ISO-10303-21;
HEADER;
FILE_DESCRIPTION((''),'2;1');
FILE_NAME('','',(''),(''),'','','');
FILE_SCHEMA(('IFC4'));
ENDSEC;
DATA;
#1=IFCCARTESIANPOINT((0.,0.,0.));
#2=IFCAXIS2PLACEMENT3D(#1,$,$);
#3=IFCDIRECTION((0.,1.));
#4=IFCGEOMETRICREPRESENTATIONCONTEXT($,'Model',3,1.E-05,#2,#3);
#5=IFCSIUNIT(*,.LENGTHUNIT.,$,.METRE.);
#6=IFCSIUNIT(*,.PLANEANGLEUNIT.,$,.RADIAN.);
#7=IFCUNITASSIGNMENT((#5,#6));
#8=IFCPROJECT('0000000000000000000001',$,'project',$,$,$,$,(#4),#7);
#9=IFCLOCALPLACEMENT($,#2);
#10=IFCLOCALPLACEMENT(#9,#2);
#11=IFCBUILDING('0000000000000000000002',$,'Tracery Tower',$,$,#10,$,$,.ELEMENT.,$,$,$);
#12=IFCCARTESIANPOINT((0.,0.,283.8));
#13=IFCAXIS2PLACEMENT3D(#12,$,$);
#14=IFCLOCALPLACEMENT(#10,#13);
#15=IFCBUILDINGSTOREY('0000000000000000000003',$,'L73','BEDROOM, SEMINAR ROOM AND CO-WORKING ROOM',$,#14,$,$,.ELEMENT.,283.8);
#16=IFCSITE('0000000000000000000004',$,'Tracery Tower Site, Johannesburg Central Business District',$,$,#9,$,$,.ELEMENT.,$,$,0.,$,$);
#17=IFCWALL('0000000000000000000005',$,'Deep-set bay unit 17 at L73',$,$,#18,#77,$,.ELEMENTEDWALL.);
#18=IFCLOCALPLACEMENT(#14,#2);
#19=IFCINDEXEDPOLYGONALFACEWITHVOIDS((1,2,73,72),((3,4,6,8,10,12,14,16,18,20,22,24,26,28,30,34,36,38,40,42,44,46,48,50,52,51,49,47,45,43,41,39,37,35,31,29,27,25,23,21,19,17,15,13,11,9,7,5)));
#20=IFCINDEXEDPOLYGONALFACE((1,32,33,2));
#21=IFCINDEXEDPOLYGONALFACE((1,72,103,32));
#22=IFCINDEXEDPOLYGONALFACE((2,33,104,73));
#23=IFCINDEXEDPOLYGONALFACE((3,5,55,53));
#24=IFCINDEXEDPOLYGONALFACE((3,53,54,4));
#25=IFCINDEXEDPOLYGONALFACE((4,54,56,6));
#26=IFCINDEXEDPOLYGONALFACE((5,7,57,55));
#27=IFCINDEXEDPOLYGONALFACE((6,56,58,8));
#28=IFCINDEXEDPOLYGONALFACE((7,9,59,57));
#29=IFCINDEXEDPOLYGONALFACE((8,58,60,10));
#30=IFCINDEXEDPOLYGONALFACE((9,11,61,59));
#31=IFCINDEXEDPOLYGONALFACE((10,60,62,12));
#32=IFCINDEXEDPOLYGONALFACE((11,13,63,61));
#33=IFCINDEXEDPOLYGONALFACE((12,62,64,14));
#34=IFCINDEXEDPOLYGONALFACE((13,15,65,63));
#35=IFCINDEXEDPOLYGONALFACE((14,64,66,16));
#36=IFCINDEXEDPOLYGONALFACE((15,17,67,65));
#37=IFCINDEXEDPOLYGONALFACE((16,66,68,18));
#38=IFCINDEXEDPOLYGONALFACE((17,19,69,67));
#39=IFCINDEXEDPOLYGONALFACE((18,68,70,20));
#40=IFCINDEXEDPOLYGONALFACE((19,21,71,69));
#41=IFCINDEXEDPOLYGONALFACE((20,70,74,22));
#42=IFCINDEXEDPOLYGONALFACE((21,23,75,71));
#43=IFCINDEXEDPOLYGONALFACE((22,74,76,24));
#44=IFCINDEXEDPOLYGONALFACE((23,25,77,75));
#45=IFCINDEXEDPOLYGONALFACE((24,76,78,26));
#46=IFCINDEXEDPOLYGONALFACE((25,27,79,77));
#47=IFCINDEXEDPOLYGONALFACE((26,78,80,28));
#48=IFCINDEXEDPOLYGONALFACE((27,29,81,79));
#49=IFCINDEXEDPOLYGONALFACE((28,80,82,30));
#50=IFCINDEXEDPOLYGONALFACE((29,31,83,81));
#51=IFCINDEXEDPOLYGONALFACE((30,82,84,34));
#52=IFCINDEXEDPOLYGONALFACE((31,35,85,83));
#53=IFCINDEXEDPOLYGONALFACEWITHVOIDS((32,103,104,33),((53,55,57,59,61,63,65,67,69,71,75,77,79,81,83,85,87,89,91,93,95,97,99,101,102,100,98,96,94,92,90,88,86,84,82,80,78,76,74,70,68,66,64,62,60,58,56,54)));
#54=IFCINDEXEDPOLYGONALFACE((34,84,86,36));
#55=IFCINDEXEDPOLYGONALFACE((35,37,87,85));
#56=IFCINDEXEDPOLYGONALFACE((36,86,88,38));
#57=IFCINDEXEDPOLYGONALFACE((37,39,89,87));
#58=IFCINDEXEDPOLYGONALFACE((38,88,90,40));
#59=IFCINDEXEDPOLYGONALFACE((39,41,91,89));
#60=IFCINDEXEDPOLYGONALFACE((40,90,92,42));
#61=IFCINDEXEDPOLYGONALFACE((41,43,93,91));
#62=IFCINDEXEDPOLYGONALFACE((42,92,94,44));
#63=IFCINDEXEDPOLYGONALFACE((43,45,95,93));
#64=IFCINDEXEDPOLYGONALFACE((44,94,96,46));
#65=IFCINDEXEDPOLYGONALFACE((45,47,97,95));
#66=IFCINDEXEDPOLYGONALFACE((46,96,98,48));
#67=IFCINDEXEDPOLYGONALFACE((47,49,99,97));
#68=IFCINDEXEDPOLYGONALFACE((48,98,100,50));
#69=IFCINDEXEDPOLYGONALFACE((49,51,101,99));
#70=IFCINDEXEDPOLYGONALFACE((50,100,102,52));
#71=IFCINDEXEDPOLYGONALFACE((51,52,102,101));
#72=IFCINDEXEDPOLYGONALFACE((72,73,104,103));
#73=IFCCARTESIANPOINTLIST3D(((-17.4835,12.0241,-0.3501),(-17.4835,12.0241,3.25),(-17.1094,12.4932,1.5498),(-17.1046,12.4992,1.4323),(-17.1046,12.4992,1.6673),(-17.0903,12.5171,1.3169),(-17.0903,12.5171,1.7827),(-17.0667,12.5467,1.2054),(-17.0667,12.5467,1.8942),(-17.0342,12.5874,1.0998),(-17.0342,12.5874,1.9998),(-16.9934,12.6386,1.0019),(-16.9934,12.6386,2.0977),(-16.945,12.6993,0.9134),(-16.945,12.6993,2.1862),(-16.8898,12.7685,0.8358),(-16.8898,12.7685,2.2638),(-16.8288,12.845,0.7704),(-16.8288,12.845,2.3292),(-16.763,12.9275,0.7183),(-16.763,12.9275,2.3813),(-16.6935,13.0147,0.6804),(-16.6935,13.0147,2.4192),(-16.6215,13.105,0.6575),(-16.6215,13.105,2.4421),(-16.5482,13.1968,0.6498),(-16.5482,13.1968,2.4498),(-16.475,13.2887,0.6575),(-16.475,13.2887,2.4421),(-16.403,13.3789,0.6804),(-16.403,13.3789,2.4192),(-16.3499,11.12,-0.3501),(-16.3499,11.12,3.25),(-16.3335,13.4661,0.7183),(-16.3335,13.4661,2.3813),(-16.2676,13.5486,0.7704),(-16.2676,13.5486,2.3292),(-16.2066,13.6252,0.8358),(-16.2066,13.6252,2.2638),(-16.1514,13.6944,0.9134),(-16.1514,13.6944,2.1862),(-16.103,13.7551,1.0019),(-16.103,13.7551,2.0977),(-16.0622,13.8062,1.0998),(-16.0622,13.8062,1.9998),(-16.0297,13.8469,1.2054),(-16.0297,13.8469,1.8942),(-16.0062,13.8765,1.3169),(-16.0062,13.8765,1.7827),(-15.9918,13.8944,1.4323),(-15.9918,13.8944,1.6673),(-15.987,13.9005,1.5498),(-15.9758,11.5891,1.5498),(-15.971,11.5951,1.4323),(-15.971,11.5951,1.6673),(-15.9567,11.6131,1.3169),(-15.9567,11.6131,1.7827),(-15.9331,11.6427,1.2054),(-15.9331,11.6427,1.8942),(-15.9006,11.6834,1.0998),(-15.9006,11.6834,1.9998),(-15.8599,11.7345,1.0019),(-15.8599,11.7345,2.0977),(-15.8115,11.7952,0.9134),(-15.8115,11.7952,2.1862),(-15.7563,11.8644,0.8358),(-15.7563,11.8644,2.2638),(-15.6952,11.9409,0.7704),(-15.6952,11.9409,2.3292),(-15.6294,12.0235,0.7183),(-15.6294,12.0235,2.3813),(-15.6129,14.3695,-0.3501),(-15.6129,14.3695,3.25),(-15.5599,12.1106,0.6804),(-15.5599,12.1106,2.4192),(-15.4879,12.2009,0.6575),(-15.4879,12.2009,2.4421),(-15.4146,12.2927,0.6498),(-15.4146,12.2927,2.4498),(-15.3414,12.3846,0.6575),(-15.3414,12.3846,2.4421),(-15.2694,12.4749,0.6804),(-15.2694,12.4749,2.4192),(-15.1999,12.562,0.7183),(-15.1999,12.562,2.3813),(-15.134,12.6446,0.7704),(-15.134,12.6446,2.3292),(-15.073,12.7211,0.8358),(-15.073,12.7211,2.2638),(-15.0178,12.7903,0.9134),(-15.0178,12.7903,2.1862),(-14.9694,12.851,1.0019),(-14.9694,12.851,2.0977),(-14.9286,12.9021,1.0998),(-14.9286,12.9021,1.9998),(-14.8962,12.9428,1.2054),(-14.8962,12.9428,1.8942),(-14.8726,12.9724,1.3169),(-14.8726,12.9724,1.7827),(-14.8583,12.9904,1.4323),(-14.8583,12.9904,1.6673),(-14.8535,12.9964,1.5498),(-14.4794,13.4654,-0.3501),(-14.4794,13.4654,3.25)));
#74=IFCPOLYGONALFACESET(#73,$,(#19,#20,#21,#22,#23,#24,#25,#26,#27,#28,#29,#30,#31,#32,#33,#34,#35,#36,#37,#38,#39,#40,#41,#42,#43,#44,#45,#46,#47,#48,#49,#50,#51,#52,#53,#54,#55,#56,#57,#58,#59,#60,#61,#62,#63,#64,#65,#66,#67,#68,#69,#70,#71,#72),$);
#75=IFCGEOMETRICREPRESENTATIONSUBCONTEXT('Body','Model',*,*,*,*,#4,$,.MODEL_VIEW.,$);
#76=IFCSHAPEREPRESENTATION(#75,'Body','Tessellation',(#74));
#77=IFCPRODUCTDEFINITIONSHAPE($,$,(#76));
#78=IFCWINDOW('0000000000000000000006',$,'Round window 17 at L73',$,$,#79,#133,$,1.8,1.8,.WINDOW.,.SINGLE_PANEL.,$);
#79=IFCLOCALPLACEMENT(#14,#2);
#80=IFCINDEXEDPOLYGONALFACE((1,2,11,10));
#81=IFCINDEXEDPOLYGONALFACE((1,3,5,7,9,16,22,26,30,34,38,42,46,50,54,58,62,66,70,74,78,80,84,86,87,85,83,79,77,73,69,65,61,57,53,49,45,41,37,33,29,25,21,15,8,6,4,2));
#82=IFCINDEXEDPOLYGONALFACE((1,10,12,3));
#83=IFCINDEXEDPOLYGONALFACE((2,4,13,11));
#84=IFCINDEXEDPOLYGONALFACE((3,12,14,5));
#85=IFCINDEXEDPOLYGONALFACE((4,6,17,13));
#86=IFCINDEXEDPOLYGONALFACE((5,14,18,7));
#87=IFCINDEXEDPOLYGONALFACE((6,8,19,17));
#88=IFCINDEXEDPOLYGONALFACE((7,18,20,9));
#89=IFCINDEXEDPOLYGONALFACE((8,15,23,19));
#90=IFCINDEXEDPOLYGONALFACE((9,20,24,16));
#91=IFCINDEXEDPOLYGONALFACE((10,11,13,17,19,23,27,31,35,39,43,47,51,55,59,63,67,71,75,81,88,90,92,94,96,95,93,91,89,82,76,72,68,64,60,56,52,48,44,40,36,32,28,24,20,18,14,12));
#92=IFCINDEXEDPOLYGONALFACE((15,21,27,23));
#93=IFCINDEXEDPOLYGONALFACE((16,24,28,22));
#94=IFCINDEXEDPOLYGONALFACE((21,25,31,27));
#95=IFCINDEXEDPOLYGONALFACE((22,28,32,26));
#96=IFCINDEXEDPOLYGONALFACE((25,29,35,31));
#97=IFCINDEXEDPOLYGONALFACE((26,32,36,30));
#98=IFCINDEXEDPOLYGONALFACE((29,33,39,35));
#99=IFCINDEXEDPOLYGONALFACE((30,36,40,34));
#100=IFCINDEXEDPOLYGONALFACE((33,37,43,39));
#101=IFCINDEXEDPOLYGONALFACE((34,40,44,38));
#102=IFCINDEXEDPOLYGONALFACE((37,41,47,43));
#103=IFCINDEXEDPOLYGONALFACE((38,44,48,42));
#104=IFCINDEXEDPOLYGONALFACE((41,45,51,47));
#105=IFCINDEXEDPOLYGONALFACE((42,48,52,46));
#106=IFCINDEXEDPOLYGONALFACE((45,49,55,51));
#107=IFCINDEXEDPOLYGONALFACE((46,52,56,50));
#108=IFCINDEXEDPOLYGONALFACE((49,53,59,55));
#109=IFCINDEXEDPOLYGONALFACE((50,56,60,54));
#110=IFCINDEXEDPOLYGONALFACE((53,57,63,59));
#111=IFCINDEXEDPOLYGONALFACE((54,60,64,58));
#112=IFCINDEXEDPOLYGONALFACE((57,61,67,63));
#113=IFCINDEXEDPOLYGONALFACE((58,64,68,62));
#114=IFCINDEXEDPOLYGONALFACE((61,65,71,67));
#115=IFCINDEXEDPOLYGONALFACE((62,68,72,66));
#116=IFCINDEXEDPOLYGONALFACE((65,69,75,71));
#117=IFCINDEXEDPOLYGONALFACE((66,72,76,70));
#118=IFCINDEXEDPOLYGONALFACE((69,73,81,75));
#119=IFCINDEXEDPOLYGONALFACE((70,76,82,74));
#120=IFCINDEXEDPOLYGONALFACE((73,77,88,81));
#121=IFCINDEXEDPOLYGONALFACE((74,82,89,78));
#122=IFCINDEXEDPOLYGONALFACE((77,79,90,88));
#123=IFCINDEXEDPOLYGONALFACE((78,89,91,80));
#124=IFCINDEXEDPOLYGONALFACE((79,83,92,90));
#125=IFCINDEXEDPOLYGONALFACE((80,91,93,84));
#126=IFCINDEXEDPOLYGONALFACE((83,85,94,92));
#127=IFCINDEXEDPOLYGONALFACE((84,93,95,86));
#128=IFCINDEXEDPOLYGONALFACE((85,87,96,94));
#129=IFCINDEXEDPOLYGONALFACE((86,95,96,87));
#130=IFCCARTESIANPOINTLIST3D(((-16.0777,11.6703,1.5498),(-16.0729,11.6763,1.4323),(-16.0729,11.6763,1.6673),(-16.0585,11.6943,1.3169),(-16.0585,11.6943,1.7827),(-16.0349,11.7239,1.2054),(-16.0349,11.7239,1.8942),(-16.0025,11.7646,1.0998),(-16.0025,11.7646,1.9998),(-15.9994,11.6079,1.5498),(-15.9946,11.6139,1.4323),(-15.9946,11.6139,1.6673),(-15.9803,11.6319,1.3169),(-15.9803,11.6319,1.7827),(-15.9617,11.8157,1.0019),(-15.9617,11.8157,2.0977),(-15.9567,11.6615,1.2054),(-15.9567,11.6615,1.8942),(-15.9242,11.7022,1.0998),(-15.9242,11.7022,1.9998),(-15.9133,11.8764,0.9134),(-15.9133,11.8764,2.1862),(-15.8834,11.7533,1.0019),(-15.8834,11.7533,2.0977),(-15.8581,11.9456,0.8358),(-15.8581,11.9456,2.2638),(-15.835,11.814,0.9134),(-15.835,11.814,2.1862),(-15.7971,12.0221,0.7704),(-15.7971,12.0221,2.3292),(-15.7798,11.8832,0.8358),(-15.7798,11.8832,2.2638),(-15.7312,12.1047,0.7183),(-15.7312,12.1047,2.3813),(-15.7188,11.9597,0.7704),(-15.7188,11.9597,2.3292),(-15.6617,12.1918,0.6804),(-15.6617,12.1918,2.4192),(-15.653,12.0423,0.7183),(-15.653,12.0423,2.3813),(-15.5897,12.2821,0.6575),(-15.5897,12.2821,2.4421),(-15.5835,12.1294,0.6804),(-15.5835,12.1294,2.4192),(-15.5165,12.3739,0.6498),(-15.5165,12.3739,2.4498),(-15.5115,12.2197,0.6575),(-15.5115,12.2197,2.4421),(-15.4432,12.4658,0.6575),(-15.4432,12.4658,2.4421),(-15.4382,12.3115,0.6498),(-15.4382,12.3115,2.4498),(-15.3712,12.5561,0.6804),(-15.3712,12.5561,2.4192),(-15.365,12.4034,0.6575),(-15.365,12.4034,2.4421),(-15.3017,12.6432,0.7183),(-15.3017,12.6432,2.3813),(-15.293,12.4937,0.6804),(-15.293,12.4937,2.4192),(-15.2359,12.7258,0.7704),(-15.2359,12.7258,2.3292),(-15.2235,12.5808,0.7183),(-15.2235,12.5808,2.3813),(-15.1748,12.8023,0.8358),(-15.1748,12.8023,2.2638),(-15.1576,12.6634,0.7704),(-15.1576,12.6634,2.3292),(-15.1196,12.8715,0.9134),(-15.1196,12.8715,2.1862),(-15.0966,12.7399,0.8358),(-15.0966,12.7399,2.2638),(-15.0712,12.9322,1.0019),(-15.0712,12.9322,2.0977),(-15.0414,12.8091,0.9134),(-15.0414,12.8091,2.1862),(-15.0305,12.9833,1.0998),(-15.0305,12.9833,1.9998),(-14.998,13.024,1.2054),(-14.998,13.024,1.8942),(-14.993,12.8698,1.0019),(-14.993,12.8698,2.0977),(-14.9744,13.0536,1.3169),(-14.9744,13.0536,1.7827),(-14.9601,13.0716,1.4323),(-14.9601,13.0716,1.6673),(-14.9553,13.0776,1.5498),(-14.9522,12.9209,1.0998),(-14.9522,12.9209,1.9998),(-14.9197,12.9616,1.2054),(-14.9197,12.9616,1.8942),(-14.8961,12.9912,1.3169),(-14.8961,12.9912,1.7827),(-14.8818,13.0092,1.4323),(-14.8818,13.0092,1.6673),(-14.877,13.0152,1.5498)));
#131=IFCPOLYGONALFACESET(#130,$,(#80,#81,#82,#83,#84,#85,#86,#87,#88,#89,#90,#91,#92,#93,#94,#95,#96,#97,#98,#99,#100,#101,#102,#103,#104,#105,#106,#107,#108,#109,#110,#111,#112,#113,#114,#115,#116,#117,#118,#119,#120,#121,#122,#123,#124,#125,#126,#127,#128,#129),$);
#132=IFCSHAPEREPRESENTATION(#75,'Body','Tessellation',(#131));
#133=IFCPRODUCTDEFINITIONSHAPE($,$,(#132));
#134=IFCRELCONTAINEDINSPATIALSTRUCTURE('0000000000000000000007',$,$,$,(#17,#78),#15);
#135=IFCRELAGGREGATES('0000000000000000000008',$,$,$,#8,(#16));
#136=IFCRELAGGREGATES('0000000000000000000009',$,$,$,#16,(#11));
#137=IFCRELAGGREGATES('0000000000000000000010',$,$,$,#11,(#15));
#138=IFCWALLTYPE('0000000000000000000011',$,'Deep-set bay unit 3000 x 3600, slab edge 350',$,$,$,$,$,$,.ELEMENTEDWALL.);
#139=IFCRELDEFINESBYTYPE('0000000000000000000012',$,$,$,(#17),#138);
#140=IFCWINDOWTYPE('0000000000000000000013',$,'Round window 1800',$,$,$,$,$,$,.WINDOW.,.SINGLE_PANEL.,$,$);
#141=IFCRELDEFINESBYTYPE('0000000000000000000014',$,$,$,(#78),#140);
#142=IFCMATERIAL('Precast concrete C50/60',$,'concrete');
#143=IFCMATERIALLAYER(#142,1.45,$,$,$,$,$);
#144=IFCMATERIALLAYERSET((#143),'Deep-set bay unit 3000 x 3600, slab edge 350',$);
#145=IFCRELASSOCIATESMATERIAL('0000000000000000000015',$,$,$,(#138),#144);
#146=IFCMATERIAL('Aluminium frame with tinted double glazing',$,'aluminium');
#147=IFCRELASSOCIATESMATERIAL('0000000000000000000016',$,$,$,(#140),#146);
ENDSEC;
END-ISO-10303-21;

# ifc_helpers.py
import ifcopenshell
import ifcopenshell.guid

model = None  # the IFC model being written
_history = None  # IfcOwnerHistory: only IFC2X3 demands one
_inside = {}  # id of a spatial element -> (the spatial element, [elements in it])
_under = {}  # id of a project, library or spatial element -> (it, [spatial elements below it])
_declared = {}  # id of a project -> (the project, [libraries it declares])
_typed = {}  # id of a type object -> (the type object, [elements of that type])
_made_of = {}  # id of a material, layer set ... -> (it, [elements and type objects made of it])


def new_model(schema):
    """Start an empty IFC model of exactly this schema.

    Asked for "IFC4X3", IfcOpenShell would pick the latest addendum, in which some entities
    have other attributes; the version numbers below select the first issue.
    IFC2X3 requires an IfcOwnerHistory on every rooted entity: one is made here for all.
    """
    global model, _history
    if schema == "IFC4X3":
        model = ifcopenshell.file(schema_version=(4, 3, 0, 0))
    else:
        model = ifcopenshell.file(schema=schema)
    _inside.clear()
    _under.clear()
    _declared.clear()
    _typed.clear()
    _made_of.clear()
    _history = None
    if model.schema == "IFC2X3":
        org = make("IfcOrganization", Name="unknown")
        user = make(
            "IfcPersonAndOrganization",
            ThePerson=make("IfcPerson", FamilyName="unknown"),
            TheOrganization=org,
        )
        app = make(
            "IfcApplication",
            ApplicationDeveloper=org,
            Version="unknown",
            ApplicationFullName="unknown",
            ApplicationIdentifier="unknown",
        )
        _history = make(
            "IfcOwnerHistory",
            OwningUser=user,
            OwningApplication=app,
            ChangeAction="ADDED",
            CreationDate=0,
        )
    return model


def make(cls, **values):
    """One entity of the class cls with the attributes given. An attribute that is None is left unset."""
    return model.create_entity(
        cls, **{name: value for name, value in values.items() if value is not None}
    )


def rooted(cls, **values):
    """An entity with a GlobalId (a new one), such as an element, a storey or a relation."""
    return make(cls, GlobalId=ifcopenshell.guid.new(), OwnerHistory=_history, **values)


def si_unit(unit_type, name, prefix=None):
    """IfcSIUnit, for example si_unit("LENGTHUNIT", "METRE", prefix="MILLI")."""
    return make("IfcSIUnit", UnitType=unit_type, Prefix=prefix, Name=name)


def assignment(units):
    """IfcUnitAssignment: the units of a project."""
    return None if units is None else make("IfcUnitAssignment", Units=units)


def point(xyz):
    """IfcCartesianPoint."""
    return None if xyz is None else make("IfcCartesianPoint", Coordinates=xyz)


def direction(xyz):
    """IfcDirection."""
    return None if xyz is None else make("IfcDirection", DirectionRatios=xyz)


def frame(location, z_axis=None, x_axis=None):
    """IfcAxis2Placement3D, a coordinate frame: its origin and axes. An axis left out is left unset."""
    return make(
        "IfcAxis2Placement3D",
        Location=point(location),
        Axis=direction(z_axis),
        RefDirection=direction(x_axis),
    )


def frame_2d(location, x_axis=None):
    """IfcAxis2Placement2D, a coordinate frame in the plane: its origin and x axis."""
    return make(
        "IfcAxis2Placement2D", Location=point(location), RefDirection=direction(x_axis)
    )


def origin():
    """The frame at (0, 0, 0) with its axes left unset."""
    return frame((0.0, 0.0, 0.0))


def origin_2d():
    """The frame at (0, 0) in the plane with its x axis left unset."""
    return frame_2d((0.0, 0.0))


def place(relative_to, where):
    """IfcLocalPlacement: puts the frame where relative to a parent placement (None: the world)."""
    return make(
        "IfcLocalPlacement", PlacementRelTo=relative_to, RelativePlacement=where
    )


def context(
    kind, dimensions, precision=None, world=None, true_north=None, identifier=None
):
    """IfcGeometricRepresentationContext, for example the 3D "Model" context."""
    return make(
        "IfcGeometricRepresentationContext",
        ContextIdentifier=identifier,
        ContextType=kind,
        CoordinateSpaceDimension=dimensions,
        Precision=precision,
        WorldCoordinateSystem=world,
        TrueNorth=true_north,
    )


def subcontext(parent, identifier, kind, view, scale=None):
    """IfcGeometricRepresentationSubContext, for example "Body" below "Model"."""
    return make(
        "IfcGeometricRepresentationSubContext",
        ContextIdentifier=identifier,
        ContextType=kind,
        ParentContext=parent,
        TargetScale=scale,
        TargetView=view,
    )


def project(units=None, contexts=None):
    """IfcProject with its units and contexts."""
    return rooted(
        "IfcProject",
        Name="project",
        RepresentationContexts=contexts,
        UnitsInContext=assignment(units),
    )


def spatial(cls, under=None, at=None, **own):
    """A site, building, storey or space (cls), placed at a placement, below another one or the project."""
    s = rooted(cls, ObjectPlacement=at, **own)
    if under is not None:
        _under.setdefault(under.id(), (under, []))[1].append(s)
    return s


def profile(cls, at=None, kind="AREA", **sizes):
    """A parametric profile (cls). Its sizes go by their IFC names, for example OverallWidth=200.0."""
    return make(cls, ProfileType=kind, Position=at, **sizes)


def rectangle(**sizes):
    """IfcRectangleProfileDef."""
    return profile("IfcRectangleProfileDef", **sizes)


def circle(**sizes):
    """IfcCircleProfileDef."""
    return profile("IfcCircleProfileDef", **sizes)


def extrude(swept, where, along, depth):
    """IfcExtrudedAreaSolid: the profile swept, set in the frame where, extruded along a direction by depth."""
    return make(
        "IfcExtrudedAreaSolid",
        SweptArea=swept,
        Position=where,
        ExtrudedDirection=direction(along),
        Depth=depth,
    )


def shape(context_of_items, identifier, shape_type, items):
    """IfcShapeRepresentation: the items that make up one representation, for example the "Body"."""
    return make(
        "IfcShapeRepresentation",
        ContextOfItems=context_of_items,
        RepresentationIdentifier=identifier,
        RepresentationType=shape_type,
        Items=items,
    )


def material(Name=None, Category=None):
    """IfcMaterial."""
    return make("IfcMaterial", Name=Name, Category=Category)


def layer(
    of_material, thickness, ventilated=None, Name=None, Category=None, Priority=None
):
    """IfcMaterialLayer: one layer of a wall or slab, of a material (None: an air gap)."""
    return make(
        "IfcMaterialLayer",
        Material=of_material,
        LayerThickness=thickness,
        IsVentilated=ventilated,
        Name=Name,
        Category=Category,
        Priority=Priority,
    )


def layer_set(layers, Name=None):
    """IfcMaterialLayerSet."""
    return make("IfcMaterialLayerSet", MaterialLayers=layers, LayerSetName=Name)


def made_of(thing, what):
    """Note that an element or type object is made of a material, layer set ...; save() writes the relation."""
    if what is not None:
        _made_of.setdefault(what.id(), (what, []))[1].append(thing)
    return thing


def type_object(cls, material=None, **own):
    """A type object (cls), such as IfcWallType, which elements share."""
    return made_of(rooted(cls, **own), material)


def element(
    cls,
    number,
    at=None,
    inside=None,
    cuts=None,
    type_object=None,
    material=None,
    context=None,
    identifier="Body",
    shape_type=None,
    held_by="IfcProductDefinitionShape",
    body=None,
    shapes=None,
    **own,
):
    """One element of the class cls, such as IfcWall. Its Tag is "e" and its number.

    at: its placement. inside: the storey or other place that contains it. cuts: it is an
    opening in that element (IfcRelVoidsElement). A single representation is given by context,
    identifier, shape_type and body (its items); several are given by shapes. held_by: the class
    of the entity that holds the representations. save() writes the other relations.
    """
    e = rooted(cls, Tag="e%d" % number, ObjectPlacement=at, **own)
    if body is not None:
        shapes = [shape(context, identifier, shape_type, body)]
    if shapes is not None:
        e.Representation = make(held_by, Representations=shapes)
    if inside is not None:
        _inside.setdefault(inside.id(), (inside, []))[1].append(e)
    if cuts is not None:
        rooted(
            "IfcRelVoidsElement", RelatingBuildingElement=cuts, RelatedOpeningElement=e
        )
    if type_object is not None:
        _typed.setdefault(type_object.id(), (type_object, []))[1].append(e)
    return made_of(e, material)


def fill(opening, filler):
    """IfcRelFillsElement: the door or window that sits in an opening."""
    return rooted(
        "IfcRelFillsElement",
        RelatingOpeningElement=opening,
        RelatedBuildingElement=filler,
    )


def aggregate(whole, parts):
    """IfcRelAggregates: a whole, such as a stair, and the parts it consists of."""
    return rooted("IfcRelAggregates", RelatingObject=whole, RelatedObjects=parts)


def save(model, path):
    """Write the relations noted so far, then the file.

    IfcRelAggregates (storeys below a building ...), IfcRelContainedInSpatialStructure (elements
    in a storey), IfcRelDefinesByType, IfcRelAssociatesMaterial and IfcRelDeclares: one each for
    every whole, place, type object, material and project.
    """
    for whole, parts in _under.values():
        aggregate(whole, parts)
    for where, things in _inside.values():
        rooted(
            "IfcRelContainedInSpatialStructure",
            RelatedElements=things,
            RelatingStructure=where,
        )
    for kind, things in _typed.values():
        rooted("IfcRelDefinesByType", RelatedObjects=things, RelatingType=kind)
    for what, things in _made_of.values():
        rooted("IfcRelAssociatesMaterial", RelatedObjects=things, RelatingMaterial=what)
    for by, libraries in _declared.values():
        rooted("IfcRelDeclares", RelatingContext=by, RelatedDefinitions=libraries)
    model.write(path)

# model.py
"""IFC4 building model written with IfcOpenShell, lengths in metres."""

from ifc_helpers import new_model, si_unit, direction, frame, frame_2d, origin, origin_2d, place, context, subcontext, project, spatial, rectangle, circle, extrude, material, layer, layer_set, type_object, element, fill, save


model = new_model("IFC4")

# Units and contexts
model_context = context("Model", 3, precision=1e-05, world=origin(), true_north=direction((0.0, 1.0)))
body_context = subcontext(model_context, "Body", "Model", "MODEL_VIEW")
ifc_project = project(units=[si_unit("LENGTHUNIT", "METRE"), si_unit("PLANEANGLEUNIT", "RADIAN")], contexts=[model_context])

# Site, building, storey
site_placement = place(None, origin())
site = spatial("IfcSite", under=ifc_project, at=site_placement, Name="Tracery Tower Site, Johannesburg Central Business District", CompositionType="ELEMENT", RefElevation=0.0)
building_placement = place(site_placement, origin())
building = spatial("IfcBuilding", under=site, at=building_placement, Name="Tracery Tower", CompositionType="ELEMENT")
storey_placement = place(building_placement, frame((0.0, 0.0, 283.8)))
storey = spatial("IfcBuildingStorey", under=building, at=storey_placement, Name="L73", Description="BEDROOM, SEMINAR ROOM AND CO-WORKING ROOM", CompositionType="ELEMENT", Elevation=283.8)

# Wall, opening, window
ifc_material_1 = material(Name="Precast concrete C50/60", Category="concrete")
ifc_layer_1 = layer(ifc_material_1, 1.45)
ifc_layer_set_1 = layer_set([ifc_layer_1], Name="Deep-set bay unit 3000 x 3600, slab edge 350")
wall_type_1 = type_object("IfcWallType", Name="Deep-set bay unit 3000 x 3600, slab edge 350", PredefinedType="ELEMENTEDWALL", material=ifc_layer_set_1)
wall_1_placement = place(storey_placement, frame((-15.0461, 13.9175, -0.3501), z_axis=(0.0, 0.0, 1.0), x_axis=(-0.623523, -0.781805, 0.0)))
wall_1 = element("IfcWall", 1, at=wall_1_placement, inside=storey, type_object=wall_type_1, Name="Deep-set bay unit 17 at L73", PredefinedType="ELEMENTEDWALL", context=body_context, shape_type="SweptSolid", body=[
    extrude(rectangle(XDim=3.0, YDim=1.45, at=frame_2d((1.5, 0.0))), origin(), (0.0, 0.0, 1.0), 3.6001),
])
opening_1_placement = place(wall_1_placement, frame((1.5, 0.0, 1.8999)))
opening_1 = element("IfcOpeningElement", 2, at=opening_1_placement, cuts=wall_1, PredefinedType="OPENING", context=body_context, shape_type="SweptSolid", body=[
    extrude(circle(Radius=0.9, at=origin_2d()), frame((0.0, 0.7349, 0.0), z_axis=(0.0, -1.0, 0.0), x_axis=(1.0, 0.0, 0.0)), (0.0, 0.0, 1.0), 1.47),
])
ifc_material_2 = material(Name="Aluminium frame with tinted double glazing", Category="aluminium")
window_type = type_object("IfcWindowType", Name="Round window 1800", PartitioningType="SINGLE_PANEL", PredefinedType="WINDOW", material=ifc_material_2)
window_1_placement = place(opening_1_placement, origin())
window_1 = element("IfcWindow", 3, at=window_1_placement, inside=storey, type_object=window_type, Name="Round window 17 at L73", OverallHeight=1.8, OverallWidth=1.8, PartitioningType="SINGLE_PANEL", PredefinedType="WINDOW", context=body_context, shape_type="SweptSolid", body=[
    extrude(circle(Radius=0.9, at=origin_2d()), frame((0.0, 0.6948, 0.0), z_axis=(0.0, -1.0, 0.0), x_axis=(1.0, 0.0, 0.0)), (0.0, 0.0, 1.0), 0.1001),
])
fill(opening_1, window_1)

save(model, "model.ifc")
